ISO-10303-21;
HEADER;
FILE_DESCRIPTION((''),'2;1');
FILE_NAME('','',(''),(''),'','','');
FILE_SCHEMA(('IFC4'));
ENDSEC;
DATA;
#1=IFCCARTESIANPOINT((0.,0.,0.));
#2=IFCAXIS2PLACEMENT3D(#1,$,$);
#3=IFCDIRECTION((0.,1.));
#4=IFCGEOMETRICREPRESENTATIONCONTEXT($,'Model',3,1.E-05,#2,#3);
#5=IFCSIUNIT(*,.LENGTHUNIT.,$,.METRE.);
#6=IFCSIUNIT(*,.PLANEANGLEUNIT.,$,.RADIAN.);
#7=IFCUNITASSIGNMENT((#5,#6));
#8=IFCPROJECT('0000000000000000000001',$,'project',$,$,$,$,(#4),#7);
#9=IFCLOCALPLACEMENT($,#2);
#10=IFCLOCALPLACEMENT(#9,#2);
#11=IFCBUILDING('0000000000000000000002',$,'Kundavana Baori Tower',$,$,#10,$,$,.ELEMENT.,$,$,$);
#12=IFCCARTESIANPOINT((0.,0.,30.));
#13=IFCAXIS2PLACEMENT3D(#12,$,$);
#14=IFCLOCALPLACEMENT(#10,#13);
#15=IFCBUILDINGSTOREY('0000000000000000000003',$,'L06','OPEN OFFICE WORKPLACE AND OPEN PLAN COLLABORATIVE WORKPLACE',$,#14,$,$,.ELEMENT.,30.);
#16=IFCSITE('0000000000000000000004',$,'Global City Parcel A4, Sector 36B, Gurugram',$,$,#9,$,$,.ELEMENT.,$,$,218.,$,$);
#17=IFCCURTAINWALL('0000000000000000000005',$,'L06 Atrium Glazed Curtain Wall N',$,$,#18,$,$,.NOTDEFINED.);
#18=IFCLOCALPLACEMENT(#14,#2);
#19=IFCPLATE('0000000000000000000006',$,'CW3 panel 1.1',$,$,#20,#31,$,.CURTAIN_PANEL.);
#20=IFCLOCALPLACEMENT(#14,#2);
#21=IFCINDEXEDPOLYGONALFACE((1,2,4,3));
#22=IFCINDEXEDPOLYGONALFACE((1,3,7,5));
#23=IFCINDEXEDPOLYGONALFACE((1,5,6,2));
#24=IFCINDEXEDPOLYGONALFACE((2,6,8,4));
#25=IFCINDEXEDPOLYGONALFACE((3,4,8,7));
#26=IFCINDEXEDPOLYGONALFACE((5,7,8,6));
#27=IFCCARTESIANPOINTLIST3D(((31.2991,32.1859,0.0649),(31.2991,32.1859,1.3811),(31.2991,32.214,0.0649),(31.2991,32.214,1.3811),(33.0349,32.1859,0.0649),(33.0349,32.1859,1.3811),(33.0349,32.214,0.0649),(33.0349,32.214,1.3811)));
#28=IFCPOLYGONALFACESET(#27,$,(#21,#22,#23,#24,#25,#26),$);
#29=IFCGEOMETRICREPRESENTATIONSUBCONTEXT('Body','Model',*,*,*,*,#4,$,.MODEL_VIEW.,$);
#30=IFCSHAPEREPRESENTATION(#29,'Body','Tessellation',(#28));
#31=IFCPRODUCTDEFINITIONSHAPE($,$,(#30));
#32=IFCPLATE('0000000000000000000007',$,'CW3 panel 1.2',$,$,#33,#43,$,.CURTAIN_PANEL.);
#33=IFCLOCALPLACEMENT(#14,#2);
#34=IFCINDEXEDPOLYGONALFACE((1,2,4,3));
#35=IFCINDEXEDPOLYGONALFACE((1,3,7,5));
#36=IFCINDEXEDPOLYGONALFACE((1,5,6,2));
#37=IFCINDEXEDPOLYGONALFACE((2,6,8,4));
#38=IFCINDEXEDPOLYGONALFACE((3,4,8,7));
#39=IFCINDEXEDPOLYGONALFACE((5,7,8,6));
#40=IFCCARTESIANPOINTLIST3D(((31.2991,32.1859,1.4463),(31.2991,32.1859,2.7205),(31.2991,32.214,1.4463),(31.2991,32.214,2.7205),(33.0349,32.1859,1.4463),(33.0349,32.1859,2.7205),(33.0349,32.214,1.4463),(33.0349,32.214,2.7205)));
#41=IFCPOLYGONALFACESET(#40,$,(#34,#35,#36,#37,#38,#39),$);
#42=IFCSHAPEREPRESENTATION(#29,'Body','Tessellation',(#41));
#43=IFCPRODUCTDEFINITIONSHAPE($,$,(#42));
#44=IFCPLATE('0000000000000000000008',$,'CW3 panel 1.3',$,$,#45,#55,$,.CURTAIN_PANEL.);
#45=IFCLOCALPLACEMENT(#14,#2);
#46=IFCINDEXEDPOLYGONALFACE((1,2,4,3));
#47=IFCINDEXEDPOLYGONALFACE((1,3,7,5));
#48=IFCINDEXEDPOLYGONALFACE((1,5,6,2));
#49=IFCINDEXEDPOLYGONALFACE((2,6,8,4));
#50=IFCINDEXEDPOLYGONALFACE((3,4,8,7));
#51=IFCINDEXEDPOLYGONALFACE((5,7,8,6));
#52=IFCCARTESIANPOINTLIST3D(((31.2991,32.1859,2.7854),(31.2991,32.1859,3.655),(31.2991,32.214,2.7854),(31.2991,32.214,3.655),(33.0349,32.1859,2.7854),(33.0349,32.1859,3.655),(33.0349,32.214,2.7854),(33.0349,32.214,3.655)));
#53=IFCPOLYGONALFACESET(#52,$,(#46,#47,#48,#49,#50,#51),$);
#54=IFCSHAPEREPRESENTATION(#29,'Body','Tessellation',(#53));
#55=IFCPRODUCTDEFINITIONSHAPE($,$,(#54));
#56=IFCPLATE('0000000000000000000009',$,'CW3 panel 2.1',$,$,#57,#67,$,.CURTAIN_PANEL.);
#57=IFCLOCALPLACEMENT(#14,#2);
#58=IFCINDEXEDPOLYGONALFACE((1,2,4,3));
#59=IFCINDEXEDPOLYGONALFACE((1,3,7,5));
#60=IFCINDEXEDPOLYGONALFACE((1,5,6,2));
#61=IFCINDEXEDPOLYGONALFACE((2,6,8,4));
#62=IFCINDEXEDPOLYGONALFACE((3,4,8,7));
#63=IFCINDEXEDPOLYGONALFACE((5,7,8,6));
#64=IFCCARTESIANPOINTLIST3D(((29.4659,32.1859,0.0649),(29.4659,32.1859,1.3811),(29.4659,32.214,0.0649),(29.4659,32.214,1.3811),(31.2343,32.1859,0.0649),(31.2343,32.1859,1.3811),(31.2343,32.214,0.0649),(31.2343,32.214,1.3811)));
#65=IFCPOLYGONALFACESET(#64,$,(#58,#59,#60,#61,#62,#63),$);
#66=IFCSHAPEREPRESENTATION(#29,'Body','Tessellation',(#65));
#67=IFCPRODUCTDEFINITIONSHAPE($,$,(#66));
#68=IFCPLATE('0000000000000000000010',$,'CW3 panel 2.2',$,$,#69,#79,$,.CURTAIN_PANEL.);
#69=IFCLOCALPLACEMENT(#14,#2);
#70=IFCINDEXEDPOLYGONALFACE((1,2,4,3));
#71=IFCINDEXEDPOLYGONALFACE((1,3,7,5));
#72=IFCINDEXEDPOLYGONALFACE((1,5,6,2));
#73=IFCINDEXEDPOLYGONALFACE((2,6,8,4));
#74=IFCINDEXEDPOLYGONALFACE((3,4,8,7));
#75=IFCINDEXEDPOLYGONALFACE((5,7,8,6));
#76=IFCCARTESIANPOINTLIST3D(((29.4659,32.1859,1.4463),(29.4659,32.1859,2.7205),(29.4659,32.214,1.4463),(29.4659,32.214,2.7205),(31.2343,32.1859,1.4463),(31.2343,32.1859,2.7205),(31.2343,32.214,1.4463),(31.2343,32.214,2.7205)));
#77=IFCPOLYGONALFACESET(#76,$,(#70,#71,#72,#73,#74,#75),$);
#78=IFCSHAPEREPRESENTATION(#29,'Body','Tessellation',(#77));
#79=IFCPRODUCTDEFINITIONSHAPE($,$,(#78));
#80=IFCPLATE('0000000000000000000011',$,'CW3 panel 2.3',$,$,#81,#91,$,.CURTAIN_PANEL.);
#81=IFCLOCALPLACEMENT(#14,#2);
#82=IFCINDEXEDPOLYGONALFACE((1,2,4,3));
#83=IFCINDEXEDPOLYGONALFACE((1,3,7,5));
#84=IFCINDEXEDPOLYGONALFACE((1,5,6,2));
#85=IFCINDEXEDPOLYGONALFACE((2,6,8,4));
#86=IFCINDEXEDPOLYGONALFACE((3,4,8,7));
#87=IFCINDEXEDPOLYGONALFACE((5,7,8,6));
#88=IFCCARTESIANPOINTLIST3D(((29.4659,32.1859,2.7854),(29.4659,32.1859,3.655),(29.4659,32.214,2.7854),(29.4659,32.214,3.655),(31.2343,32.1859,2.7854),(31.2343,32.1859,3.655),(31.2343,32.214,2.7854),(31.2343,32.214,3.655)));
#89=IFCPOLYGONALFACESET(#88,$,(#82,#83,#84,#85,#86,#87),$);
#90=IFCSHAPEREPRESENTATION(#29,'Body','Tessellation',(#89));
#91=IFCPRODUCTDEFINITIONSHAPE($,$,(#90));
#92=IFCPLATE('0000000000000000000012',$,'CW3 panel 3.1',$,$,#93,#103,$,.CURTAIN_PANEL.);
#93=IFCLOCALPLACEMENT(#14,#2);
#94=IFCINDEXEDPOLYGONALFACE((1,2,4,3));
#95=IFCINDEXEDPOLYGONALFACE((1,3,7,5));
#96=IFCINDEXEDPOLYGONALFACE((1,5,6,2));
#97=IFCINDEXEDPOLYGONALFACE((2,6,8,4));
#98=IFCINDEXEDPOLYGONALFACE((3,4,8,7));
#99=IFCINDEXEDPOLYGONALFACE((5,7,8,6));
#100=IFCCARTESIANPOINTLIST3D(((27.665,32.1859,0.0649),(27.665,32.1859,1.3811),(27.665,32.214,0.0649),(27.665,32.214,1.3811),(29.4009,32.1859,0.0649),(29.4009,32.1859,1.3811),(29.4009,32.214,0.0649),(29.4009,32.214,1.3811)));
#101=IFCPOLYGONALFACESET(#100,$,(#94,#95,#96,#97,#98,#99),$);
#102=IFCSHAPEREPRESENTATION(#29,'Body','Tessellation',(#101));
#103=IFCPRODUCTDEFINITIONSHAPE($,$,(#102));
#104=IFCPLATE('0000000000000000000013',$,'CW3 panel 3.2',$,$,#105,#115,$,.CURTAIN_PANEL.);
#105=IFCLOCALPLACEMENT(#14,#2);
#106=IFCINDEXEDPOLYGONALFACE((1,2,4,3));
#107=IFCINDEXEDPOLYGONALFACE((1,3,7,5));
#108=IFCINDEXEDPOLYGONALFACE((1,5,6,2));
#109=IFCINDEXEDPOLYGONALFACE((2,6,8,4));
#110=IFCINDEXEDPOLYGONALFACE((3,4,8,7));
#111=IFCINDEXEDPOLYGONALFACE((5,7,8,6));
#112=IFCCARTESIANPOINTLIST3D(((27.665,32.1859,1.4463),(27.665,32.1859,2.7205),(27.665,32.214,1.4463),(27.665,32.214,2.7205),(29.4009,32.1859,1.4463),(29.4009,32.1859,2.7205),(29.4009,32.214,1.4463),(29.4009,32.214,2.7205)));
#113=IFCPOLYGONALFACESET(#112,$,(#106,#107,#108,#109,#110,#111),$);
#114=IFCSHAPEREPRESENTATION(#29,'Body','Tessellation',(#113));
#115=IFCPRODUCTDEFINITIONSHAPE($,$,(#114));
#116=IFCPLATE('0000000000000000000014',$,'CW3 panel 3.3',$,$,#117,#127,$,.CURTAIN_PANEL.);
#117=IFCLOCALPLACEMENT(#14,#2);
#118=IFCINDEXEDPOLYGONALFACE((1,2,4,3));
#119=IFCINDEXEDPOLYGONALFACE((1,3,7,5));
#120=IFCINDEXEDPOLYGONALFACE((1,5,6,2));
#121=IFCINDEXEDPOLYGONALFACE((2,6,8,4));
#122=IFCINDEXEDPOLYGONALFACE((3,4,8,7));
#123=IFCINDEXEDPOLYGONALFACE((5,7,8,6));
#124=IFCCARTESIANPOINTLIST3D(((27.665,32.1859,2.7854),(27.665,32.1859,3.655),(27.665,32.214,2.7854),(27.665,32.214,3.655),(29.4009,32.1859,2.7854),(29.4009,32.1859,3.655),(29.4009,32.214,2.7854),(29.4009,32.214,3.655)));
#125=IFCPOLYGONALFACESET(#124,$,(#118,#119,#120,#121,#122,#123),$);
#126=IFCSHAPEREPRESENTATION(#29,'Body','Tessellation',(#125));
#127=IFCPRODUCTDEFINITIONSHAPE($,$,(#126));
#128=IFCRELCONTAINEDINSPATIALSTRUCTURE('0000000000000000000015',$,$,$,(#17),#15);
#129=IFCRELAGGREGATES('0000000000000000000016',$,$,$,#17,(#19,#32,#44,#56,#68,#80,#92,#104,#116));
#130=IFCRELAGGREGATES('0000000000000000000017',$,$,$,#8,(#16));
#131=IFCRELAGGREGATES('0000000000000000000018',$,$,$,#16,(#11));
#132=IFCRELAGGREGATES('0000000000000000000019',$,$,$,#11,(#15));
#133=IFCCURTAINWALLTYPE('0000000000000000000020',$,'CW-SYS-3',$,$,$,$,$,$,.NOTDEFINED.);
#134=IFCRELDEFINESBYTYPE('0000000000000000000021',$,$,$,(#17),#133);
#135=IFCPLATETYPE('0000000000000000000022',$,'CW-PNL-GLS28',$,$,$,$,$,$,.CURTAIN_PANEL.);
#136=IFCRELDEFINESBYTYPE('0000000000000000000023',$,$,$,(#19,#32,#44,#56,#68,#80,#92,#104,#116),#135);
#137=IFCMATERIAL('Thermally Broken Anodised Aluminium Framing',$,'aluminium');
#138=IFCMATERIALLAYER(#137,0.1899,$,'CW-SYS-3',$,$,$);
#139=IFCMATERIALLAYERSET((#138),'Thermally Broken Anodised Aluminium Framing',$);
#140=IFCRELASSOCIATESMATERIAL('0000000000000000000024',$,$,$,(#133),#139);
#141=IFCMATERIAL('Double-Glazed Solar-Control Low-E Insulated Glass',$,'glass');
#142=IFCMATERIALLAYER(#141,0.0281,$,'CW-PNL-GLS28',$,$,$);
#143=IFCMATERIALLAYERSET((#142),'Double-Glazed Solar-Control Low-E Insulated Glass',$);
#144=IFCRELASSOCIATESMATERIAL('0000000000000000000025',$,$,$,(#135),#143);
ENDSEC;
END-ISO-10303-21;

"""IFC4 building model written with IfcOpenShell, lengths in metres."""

from ifc_helpers import new_model, si_unit, direction, frame, origin, origin_2d, place, context, subcontext, project, spatial, rectangle, extrude, material, layer, layer_set, type_object, element, aggregate, save


model = new_model("IFC4")

# Units and contexts
model_context = context("Model", 3, precision=1e-05, world=origin(), true_north=direction((0.0, 1.0)))
body_context = subcontext(model_context, "Body", "Model", "MODEL_VIEW")
ifc_project = project(units=[si_unit("LENGTHUNIT", "METRE"), si_unit("PLANEANGLEUNIT", "RADIAN")], contexts=[model_context])

# Site, building, storey
site_placement = place(None, origin())
site = spatial("IfcSite", under=ifc_project, at=site_placement, Name="Global City Parcel A4, Sector 36B, Gurugram", CompositionType="ELEMENT", RefElevation=218.0)
building_placement = place(site_placement, origin())
building = spatial("IfcBuilding", under=site, at=building_placement, Name="Kundavana Baori Tower", CompositionType="ELEMENT")
storey_placement = place(building_placement, frame((0.0, 0.0, 30.0)))
storey = spatial("IfcBuildingStorey", under=building, at=storey_placement, Name="L06", Description="OPEN OFFICE WORKPLACE AND OPEN PLAN COLLABORATIVE WORKPLACE", CompositionType="ELEMENT", Elevation=30.0)

# Curtain wall, plates
ifc_material_1 = material(Name="Thermally Broken Anodised Aluminium Framing", Category="aluminium")
ifc_layer_1 = layer(ifc_material_1, 0.1899, Name="CW-SYS-3")
ifc_layer_set_1 = layer_set([ifc_layer_1], Name="Thermally Broken Anodised Aluminium Framing")
curtain_wall_type = type_object("IfcCurtainWallType", Name="CW-SYS-3", PredefinedType="NOTDEFINED", material=ifc_layer_set_1)
curtain_wall_placement = place(storey_placement, origin())
curtain_wall = element("IfcCurtainWall", 1, at=curtain_wall_placement, inside=storey, type_object=curtain_wall_type, Name="L06 Atrium Glazed Curtain Wall N", PredefinedType="NOTDEFINED")
ifc_material_2 = material(Name="Double-Glazed Solar-Control Low-E Insulated Glass", Category="glass")
ifc_layer_2 = layer(ifc_material_2, 0.0281, Name="CW-PNL-GLS28")
ifc_layer_set_2 = layer_set([ifc_layer_2], Name="Double-Glazed Solar-Control Low-E Insulated Glass")
plate_type = type_object("IfcPlateType", Name="CW-PNL-GLS28", PredefinedType="CURTAIN_PANEL", material=ifc_layer_set_2)
plate_1_placement = place(storey_placement, frame((32.167, 32.2, 0.0649), z_axis=(0.0, 0.0, 1.0), x_axis=(-1.0, 0.0, 0.0)))
plate_1 = element("IfcPlate", 2, at=plate_1_placement, type_object=plate_type, Name="CW3 panel 1.1", PredefinedType="CURTAIN_PANEL", context=body_context, shape_type="SweptSolid", body=[
    extrude(rectangle(XDim=1.7358, YDim=0.0281, at=origin_2d()), origin(), (0.0, 0.0, 1.0), 1.3162),
])
plate_2_placement = place(storey_placement, frame((32.167, 32.2, 1.4463), z_axis=(0.0, 0.0, 1.0), x_axis=(-1.0, 0.0, 0.0)))
plate_2 = element("IfcPlate", 3, at=plate_2_placement, type_object=plate_type, Name="CW3 panel 1.2", PredefinedType="CURTAIN_PANEL", context=body_context, shape_type="SweptSolid", body=[
    extrude(rectangle(XDim=1.7358, YDim=0.0281, at=origin_2d()), origin(), (0.0, 0.0, 1.0), 1.2742),
])
plate_3_placement = place(storey_placement, frame((32.167, 32.2, 2.7854), z_axis=(0.0, 0.0, 1.0), x_axis=(-1.0, 0.0, 0.0)))
plate_3 = element("IfcPlate", 4, at=plate_3_placement, type_object=plate_type, Name="CW3 panel 1.3", PredefinedType="CURTAIN_PANEL", context=body_context, shape_type="SweptSolid", body=[
    extrude(rectangle(XDim=1.7358, YDim=0.0281, at=origin_2d()), origin(), (0.0, 0.0, 1.0), 0.8696),
])
plate_4_placement = place(storey_placement, frame((30.3501, 32.2, 0.0649), z_axis=(0.0, 0.0, 1.0), x_axis=(-1.0, 0.0, 0.0)))
plate_4 = element("IfcPlate", 5, at=plate_4_placement, type_object=plate_type, Name="CW3 panel 2.1", PredefinedType="CURTAIN_PANEL", context=body_context, shape_type="SweptSolid", body=[
    extrude(rectangle(XDim=1.7683, YDim=0.0281, at=origin_2d()), origin(), (0.0, 0.0, 1.0), 1.3162),
])
plate_5_placement = place(storey_placement, frame((30.3501, 32.2, 1.4463), z_axis=(0.0, 0.0, 1.0), x_axis=(-1.0, 0.0, 0.0)))
plate_5 = element("IfcPlate", 6, at=plate_5_placement, type_object=plate_type, Name="CW3 panel 2.2", PredefinedType="CURTAIN_PANEL", context=body_context, shape_type="SweptSolid", body=[
    extrude(rectangle(XDim=1.7683, YDim=0.0281, at=origin_2d()), origin(), (0.0, 0.0, 1.0), 1.2742),
])
plate_6_placement = place(storey_placement, frame((30.3501, 32.2, 2.7854), z_axis=(0.0, 0.0, 1.0), x_axis=(-1.0, 0.0, 0.0)))
plate_6 = element("IfcPlate", 7, at=plate_6_placement, type_object=plate_type, Name="CW3 panel 2.3", PredefinedType="CURTAIN_PANEL", context=body_context, shape_type="SweptSolid", body=[
    extrude(rectangle(XDim=1.7683, YDim=0.0281, at=origin_2d()), origin(), (0.0, 0.0, 1.0), 0.8696),
])
plate_7_placement = place(storey_placement, frame((28.533, 32.2, 0.0649), z_axis=(0.0, 0.0, 1.0), x_axis=(-1.0, 0.0, 0.0)))
plate_7 = element("IfcPlate", 8, at=plate_7_placement, type_object=plate_type, Name="CW3 panel 3.1", PredefinedType="CURTAIN_PANEL", context=body_context, shape_type="SweptSolid", body=[
    extrude(rectangle(XDim=1.7358, YDim=0.0281, at=origin_2d()), origin(), (0.0, 0.0, 1.0), 1.3162),
])
plate_8_placement = place(storey_placement, frame((28.533, 32.2, 1.4463), z_axis=(0.0, 0.0, 1.0), x_axis=(-1.0, 0.0, 0.0)))
plate_8 = element("IfcPlate", 9, at=plate_8_placement, type_object=plate_type, Name="CW3 panel 3.2", PredefinedType="CURTAIN_PANEL", context=body_context, shape_type="SweptSolid", body=[
    extrude(rectangle(XDim=1.7358, YDim=0.0281, at=origin_2d()), origin(), (0.0, 0.0, 1.0), 1.2742),
])
plate_9_placement = place(storey_placement, frame((28.533, 32.2, 2.7854), z_axis=(0.0, 0.0, 1.0), x_axis=(-1.0, 0.0, 0.0)))
plate_9 = element("IfcPlate", 10, at=plate_9_placement, type_object=plate_type, Name="CW3 panel 3.3", PredefinedType="CURTAIN_PANEL", context=body_context, shape_type="SweptSolid", body=[
    extrude(rectangle(XDim=1.7358, YDim=0.0281, at=origin_2d()), origin(), (0.0, 0.0, 1.0), 0.8696),
])
aggregate(curtain_wall, [plate_1, plate_2, plate_3, plate_4, plate_5, plate_6, plate_7, plate_8, plate_9])

save(model, "model.ifc")
